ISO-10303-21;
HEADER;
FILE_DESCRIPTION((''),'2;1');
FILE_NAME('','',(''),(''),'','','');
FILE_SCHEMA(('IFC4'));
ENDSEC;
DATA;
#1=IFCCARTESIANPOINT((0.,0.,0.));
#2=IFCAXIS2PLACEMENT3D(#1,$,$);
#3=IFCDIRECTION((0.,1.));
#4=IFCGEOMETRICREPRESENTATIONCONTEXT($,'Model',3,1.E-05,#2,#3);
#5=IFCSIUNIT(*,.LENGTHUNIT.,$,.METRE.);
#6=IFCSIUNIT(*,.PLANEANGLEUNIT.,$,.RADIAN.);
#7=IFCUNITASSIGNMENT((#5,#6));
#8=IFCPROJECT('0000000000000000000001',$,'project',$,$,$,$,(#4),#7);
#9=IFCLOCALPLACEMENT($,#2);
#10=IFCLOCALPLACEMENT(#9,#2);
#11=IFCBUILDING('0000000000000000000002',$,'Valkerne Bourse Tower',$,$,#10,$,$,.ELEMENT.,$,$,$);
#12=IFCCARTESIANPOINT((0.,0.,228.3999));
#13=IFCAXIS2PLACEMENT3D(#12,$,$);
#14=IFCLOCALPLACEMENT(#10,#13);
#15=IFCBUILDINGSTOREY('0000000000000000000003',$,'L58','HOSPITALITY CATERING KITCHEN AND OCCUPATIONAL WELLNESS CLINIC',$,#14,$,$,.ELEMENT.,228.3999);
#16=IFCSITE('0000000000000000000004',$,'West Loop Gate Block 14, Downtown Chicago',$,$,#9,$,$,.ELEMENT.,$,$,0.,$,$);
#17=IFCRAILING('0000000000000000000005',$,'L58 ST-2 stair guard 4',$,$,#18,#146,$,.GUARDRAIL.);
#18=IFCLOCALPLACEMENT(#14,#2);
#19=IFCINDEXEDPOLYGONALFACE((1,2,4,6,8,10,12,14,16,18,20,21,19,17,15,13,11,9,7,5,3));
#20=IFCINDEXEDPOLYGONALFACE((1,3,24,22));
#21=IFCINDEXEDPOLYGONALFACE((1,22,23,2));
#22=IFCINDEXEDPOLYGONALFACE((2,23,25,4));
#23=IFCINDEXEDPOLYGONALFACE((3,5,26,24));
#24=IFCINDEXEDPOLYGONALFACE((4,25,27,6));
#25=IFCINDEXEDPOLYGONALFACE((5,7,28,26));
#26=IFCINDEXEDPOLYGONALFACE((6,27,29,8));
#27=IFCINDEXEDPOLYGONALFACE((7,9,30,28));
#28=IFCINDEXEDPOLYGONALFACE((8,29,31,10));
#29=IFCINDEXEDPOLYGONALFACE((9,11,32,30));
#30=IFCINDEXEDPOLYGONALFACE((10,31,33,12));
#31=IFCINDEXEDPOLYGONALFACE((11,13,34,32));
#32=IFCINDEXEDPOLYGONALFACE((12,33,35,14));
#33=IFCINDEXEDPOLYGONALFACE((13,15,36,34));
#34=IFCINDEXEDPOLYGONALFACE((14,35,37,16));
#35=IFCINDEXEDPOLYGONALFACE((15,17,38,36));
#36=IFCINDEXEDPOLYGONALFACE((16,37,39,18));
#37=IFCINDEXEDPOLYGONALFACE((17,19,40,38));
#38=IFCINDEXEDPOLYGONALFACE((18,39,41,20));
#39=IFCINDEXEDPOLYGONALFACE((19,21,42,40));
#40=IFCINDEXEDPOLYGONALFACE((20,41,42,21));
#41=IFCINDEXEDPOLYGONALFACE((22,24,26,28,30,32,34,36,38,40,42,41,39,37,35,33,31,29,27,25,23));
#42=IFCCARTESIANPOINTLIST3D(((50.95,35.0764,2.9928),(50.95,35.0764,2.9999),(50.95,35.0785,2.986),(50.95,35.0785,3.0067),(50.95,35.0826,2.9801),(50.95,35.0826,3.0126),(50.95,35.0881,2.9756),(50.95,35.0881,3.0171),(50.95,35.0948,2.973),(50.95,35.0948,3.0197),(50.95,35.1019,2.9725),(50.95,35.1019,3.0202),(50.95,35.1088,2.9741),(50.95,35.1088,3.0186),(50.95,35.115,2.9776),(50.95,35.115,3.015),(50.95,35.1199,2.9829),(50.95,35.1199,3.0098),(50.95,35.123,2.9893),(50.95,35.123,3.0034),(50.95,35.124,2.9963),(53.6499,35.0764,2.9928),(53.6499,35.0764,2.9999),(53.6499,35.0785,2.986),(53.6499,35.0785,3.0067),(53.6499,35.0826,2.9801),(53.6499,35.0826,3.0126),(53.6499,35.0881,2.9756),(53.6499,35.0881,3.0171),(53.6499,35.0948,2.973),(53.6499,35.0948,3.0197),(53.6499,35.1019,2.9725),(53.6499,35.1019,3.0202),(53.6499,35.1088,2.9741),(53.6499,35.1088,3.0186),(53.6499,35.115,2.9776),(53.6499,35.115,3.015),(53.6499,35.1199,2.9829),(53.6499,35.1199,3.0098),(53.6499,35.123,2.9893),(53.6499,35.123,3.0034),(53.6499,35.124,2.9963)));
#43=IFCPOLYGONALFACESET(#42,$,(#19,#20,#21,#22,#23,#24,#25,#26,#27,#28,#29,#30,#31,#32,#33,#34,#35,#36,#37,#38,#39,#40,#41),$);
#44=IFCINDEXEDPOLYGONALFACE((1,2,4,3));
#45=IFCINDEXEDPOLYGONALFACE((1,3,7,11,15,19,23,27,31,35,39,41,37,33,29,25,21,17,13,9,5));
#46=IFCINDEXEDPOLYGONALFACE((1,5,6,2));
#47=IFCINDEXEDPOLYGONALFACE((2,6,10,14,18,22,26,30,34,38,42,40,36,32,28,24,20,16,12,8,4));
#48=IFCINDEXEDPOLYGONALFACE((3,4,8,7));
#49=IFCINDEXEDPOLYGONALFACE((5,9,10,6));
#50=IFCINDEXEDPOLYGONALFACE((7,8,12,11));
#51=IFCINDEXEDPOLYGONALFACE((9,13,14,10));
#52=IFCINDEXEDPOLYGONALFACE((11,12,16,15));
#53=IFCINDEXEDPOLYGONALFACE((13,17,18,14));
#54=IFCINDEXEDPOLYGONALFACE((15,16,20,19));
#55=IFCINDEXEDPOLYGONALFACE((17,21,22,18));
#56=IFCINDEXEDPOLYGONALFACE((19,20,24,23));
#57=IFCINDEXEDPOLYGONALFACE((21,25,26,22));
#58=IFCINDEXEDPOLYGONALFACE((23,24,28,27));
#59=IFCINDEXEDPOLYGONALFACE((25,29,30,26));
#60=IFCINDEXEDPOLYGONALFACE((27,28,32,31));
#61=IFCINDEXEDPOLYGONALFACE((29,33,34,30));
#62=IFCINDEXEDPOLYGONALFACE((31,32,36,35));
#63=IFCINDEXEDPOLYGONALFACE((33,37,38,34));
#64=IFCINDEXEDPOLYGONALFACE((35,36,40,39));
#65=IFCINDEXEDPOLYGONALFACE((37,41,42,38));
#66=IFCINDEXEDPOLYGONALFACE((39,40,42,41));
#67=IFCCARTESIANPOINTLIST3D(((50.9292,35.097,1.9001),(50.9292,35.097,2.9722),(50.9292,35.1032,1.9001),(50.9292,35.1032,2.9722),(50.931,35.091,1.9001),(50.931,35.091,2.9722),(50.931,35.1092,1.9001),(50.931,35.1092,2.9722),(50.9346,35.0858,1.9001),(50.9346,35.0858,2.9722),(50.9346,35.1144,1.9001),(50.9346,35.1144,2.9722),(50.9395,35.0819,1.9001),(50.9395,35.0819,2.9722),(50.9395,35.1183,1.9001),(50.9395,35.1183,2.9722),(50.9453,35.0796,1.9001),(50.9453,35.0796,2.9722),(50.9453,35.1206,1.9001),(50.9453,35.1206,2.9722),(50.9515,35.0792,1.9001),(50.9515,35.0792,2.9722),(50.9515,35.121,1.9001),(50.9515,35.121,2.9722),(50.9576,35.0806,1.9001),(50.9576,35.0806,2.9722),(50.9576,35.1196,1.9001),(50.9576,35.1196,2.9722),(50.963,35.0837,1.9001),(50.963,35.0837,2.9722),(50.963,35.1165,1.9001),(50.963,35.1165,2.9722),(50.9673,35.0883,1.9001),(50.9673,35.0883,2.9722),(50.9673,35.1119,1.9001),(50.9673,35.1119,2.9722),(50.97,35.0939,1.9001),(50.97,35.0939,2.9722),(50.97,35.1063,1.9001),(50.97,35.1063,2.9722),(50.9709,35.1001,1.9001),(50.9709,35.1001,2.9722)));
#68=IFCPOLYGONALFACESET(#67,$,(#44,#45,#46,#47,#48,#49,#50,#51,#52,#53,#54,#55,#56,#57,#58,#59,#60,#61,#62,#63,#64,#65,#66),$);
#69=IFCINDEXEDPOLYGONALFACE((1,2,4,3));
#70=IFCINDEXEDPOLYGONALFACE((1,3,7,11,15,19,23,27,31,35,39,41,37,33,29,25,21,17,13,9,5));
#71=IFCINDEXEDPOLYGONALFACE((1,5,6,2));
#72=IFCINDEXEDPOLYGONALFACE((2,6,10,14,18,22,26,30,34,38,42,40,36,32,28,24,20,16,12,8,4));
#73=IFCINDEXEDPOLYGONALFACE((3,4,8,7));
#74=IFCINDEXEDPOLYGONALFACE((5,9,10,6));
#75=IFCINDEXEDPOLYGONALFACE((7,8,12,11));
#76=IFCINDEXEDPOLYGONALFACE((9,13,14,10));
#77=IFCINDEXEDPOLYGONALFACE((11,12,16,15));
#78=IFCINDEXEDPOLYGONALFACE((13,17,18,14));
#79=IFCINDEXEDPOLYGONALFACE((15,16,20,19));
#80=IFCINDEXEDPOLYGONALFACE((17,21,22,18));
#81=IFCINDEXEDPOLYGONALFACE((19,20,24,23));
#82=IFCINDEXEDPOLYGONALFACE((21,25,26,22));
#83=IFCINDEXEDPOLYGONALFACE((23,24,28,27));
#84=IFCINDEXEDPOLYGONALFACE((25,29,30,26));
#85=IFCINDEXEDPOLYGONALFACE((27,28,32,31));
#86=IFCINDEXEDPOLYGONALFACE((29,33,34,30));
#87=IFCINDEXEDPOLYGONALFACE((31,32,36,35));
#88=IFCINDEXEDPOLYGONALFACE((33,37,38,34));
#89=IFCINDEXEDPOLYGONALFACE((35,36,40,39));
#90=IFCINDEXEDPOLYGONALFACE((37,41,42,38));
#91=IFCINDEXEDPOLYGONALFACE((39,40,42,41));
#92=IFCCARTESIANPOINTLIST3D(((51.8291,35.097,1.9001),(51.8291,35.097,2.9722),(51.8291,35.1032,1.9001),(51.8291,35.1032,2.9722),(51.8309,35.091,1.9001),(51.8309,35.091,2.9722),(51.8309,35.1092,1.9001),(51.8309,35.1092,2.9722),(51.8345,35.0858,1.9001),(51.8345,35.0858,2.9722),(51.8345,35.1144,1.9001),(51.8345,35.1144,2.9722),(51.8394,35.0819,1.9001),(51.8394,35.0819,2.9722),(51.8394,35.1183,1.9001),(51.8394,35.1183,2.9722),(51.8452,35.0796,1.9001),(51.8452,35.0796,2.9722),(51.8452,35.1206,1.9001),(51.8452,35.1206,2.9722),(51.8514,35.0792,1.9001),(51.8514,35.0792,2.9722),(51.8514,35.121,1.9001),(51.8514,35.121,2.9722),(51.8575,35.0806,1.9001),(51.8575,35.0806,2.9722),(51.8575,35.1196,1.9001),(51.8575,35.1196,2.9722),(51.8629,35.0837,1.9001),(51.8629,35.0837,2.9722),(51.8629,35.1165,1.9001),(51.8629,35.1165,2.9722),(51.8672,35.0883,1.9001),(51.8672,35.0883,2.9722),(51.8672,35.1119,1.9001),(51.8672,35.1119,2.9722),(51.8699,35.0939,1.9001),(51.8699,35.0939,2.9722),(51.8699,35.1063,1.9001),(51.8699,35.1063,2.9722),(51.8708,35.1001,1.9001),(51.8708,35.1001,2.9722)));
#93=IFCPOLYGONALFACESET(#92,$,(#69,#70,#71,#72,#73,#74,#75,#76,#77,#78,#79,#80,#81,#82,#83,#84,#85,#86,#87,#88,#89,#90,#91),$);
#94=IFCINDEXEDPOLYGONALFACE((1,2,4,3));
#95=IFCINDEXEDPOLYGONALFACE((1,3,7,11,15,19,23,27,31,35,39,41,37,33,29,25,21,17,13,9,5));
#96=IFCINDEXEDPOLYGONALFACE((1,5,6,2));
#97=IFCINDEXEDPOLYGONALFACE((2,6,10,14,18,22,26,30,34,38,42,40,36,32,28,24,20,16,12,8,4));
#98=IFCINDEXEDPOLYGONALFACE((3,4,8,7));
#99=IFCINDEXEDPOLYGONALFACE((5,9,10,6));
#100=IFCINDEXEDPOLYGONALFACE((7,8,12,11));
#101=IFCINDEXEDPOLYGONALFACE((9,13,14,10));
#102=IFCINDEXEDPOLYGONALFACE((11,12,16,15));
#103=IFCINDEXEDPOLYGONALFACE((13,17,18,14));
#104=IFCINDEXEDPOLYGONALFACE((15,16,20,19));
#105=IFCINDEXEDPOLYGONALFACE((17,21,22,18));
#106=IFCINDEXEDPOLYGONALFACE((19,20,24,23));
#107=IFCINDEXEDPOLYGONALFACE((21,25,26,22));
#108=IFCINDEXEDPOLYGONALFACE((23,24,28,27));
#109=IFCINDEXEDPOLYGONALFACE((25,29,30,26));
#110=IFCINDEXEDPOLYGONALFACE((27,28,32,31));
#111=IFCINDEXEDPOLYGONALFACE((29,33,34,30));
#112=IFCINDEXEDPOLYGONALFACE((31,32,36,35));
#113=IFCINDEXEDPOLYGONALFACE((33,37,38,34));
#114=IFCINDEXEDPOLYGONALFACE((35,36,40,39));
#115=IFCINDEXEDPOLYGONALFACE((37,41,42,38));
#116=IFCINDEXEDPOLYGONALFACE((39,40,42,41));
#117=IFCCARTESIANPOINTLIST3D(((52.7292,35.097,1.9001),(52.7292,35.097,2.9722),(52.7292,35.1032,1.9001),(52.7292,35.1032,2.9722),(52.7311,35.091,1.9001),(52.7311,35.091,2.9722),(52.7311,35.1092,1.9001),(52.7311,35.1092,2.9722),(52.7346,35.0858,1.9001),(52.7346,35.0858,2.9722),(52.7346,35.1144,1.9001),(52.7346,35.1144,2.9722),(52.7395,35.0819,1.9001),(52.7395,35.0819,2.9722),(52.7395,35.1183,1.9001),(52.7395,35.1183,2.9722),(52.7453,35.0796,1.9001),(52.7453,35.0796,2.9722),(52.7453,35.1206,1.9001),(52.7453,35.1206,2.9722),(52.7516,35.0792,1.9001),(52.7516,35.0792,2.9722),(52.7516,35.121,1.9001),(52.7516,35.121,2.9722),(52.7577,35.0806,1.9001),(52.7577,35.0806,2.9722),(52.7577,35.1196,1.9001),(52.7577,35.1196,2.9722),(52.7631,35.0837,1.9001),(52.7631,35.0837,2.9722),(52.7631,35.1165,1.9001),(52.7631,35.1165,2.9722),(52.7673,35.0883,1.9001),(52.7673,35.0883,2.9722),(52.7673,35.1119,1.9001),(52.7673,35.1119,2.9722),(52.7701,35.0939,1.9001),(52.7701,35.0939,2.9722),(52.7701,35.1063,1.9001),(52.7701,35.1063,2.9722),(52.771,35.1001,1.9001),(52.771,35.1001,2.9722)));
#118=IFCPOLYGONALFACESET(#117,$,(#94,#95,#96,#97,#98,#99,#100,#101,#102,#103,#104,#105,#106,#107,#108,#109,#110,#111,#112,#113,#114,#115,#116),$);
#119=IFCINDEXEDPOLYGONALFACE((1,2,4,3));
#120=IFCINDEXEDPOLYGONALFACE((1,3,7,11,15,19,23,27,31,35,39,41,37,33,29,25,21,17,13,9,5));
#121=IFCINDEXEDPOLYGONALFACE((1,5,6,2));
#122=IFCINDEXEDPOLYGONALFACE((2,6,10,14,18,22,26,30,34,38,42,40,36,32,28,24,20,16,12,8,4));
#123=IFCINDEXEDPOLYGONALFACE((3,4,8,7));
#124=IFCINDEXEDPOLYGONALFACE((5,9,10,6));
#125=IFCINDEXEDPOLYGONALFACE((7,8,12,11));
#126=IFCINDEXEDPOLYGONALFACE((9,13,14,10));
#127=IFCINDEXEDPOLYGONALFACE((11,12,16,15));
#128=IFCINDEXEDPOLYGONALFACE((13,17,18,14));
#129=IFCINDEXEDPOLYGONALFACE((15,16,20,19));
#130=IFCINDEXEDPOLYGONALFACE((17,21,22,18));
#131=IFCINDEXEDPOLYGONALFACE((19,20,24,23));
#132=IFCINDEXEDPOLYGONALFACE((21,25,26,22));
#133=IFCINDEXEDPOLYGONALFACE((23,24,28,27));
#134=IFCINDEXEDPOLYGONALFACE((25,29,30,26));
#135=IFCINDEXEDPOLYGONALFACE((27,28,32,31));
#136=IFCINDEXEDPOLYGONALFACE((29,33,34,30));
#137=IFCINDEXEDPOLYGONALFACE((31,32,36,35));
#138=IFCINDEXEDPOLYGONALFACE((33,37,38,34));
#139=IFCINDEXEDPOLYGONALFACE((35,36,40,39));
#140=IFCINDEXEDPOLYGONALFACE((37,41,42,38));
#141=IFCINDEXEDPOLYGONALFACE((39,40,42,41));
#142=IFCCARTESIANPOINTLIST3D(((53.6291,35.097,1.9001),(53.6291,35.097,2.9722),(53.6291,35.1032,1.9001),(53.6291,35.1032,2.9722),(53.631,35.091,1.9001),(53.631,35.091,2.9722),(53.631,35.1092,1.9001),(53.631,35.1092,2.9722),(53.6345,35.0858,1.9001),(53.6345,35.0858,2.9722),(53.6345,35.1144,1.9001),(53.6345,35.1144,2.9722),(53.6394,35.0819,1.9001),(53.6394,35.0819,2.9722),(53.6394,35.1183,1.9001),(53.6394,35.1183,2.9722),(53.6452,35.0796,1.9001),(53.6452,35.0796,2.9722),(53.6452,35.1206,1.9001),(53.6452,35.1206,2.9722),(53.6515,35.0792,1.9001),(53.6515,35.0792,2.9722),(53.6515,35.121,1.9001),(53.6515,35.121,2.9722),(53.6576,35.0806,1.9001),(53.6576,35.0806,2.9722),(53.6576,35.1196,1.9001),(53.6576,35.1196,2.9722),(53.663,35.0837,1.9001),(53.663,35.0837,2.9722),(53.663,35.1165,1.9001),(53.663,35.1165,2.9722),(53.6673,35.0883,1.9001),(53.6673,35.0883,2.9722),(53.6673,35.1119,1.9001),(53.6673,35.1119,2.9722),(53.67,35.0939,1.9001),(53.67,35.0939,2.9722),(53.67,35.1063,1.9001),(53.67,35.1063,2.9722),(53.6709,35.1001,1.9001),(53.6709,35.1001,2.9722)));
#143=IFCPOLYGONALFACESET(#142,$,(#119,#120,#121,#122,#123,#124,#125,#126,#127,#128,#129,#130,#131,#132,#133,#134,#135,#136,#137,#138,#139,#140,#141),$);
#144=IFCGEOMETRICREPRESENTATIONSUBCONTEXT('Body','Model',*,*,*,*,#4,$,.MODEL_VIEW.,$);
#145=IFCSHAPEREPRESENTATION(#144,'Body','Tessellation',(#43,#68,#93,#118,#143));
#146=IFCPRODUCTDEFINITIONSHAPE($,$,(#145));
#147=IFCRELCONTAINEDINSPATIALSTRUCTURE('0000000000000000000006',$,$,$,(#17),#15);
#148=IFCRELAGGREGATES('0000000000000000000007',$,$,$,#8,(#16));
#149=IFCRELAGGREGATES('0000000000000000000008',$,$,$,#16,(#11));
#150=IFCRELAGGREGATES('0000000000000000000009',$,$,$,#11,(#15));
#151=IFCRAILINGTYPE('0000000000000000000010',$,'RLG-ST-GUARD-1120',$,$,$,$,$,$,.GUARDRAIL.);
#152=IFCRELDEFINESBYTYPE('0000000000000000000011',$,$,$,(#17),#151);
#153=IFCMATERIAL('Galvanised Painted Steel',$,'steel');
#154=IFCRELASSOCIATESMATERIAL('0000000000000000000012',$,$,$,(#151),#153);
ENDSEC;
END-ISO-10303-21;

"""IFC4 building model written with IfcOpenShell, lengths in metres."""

from ifc_helpers import new_model, si_unit, direction, frame, origin, origin_2d, place, context, subcontext, project, spatial, circle, extrude, material, type_object, element, save


model = new_model("IFC4")

# Units and contexts
model_context = context("Model", 3, precision=1e-05, world=origin(), true_north=direction((0.0, 1.0)))
body_context = subcontext(model_context, "Body", "Model", "MODEL_VIEW")
ifc_project = project(units=[si_unit("LENGTHUNIT", "METRE"), si_unit("PLANEANGLEUNIT", "RADIAN")], contexts=[model_context])

# Site, building, storey
site_placement = place(None, origin())
site = spatial("IfcSite", under=ifc_project, at=site_placement, Name="West Loop Gate Block 14, Downtown Chicago", CompositionType="ELEMENT", RefElevation=0.0)
building_placement = place(site_placement, origin())
building = spatial("IfcBuilding", under=site, at=building_placement, Name="Valkerne Bourse Tower", CompositionType="ELEMENT")
storey_placement = place(building_placement, frame((0.0, 0.0, 228.3999)))
storey = spatial("IfcBuildingStorey", under=building, at=storey_placement, Name="L58", Description="HOSPITALITY CATERING KITCHEN AND OCCUPATIONAL WELLNESS CLINIC", CompositionType="ELEMENT", Elevation=228.3999)

# Shared definitions
ifc_material_1 = material(Name="Galvanised Painted Steel", Category="steel")

# Railing
railing_type_1 = type_object("IfcRailingType", Name="RLG-ST-GUARD-1120", PredefinedType="GUARDRAIL", material=ifc_material_1)
for number, where, name in (
    (1, (50.95, 35.1001, 1.9001), "L58 ST-2 stair guard 4"),
):
    element("IfcRailing", number, at=place(storey_placement, frame(where)), inside=storey, type_object=railing_type_1, Name=name, PredefinedType="GUARDRAIL", context=body_context, shape_type="SweptSolid", body=[
        extrude(circle(Radius=0.0239, at=origin_2d()), frame((0.0, 0.0, 1.0962), z_axis=(1.0, 0.0, 0.0), x_axis=(0.0, 1.0, 0.0)), (0.0, 0.0, 1.0), 2.7),
        extrude(circle(Radius=0.021, at=origin_2d()), origin(), (0.0, 0.0, 1.0), 1.072),
        extrude(circle(Radius=0.021, at=origin_2d()), frame((0.8999, 0.0, 0.0)), (0.0, 0.0, 1.0), 1.072),
        extrude(circle(Radius=0.021, at=origin_2d()), frame((1.8, 0.0, 0.0)), (0.0, 0.0, 1.0), 1.072),
        extrude(circle(Radius=0.021, at=origin_2d()), frame((2.7, 0.0, 0.0)), (0.0, 0.0, 1.0), 1.072),
    ])

save(model, "model.ifc")
